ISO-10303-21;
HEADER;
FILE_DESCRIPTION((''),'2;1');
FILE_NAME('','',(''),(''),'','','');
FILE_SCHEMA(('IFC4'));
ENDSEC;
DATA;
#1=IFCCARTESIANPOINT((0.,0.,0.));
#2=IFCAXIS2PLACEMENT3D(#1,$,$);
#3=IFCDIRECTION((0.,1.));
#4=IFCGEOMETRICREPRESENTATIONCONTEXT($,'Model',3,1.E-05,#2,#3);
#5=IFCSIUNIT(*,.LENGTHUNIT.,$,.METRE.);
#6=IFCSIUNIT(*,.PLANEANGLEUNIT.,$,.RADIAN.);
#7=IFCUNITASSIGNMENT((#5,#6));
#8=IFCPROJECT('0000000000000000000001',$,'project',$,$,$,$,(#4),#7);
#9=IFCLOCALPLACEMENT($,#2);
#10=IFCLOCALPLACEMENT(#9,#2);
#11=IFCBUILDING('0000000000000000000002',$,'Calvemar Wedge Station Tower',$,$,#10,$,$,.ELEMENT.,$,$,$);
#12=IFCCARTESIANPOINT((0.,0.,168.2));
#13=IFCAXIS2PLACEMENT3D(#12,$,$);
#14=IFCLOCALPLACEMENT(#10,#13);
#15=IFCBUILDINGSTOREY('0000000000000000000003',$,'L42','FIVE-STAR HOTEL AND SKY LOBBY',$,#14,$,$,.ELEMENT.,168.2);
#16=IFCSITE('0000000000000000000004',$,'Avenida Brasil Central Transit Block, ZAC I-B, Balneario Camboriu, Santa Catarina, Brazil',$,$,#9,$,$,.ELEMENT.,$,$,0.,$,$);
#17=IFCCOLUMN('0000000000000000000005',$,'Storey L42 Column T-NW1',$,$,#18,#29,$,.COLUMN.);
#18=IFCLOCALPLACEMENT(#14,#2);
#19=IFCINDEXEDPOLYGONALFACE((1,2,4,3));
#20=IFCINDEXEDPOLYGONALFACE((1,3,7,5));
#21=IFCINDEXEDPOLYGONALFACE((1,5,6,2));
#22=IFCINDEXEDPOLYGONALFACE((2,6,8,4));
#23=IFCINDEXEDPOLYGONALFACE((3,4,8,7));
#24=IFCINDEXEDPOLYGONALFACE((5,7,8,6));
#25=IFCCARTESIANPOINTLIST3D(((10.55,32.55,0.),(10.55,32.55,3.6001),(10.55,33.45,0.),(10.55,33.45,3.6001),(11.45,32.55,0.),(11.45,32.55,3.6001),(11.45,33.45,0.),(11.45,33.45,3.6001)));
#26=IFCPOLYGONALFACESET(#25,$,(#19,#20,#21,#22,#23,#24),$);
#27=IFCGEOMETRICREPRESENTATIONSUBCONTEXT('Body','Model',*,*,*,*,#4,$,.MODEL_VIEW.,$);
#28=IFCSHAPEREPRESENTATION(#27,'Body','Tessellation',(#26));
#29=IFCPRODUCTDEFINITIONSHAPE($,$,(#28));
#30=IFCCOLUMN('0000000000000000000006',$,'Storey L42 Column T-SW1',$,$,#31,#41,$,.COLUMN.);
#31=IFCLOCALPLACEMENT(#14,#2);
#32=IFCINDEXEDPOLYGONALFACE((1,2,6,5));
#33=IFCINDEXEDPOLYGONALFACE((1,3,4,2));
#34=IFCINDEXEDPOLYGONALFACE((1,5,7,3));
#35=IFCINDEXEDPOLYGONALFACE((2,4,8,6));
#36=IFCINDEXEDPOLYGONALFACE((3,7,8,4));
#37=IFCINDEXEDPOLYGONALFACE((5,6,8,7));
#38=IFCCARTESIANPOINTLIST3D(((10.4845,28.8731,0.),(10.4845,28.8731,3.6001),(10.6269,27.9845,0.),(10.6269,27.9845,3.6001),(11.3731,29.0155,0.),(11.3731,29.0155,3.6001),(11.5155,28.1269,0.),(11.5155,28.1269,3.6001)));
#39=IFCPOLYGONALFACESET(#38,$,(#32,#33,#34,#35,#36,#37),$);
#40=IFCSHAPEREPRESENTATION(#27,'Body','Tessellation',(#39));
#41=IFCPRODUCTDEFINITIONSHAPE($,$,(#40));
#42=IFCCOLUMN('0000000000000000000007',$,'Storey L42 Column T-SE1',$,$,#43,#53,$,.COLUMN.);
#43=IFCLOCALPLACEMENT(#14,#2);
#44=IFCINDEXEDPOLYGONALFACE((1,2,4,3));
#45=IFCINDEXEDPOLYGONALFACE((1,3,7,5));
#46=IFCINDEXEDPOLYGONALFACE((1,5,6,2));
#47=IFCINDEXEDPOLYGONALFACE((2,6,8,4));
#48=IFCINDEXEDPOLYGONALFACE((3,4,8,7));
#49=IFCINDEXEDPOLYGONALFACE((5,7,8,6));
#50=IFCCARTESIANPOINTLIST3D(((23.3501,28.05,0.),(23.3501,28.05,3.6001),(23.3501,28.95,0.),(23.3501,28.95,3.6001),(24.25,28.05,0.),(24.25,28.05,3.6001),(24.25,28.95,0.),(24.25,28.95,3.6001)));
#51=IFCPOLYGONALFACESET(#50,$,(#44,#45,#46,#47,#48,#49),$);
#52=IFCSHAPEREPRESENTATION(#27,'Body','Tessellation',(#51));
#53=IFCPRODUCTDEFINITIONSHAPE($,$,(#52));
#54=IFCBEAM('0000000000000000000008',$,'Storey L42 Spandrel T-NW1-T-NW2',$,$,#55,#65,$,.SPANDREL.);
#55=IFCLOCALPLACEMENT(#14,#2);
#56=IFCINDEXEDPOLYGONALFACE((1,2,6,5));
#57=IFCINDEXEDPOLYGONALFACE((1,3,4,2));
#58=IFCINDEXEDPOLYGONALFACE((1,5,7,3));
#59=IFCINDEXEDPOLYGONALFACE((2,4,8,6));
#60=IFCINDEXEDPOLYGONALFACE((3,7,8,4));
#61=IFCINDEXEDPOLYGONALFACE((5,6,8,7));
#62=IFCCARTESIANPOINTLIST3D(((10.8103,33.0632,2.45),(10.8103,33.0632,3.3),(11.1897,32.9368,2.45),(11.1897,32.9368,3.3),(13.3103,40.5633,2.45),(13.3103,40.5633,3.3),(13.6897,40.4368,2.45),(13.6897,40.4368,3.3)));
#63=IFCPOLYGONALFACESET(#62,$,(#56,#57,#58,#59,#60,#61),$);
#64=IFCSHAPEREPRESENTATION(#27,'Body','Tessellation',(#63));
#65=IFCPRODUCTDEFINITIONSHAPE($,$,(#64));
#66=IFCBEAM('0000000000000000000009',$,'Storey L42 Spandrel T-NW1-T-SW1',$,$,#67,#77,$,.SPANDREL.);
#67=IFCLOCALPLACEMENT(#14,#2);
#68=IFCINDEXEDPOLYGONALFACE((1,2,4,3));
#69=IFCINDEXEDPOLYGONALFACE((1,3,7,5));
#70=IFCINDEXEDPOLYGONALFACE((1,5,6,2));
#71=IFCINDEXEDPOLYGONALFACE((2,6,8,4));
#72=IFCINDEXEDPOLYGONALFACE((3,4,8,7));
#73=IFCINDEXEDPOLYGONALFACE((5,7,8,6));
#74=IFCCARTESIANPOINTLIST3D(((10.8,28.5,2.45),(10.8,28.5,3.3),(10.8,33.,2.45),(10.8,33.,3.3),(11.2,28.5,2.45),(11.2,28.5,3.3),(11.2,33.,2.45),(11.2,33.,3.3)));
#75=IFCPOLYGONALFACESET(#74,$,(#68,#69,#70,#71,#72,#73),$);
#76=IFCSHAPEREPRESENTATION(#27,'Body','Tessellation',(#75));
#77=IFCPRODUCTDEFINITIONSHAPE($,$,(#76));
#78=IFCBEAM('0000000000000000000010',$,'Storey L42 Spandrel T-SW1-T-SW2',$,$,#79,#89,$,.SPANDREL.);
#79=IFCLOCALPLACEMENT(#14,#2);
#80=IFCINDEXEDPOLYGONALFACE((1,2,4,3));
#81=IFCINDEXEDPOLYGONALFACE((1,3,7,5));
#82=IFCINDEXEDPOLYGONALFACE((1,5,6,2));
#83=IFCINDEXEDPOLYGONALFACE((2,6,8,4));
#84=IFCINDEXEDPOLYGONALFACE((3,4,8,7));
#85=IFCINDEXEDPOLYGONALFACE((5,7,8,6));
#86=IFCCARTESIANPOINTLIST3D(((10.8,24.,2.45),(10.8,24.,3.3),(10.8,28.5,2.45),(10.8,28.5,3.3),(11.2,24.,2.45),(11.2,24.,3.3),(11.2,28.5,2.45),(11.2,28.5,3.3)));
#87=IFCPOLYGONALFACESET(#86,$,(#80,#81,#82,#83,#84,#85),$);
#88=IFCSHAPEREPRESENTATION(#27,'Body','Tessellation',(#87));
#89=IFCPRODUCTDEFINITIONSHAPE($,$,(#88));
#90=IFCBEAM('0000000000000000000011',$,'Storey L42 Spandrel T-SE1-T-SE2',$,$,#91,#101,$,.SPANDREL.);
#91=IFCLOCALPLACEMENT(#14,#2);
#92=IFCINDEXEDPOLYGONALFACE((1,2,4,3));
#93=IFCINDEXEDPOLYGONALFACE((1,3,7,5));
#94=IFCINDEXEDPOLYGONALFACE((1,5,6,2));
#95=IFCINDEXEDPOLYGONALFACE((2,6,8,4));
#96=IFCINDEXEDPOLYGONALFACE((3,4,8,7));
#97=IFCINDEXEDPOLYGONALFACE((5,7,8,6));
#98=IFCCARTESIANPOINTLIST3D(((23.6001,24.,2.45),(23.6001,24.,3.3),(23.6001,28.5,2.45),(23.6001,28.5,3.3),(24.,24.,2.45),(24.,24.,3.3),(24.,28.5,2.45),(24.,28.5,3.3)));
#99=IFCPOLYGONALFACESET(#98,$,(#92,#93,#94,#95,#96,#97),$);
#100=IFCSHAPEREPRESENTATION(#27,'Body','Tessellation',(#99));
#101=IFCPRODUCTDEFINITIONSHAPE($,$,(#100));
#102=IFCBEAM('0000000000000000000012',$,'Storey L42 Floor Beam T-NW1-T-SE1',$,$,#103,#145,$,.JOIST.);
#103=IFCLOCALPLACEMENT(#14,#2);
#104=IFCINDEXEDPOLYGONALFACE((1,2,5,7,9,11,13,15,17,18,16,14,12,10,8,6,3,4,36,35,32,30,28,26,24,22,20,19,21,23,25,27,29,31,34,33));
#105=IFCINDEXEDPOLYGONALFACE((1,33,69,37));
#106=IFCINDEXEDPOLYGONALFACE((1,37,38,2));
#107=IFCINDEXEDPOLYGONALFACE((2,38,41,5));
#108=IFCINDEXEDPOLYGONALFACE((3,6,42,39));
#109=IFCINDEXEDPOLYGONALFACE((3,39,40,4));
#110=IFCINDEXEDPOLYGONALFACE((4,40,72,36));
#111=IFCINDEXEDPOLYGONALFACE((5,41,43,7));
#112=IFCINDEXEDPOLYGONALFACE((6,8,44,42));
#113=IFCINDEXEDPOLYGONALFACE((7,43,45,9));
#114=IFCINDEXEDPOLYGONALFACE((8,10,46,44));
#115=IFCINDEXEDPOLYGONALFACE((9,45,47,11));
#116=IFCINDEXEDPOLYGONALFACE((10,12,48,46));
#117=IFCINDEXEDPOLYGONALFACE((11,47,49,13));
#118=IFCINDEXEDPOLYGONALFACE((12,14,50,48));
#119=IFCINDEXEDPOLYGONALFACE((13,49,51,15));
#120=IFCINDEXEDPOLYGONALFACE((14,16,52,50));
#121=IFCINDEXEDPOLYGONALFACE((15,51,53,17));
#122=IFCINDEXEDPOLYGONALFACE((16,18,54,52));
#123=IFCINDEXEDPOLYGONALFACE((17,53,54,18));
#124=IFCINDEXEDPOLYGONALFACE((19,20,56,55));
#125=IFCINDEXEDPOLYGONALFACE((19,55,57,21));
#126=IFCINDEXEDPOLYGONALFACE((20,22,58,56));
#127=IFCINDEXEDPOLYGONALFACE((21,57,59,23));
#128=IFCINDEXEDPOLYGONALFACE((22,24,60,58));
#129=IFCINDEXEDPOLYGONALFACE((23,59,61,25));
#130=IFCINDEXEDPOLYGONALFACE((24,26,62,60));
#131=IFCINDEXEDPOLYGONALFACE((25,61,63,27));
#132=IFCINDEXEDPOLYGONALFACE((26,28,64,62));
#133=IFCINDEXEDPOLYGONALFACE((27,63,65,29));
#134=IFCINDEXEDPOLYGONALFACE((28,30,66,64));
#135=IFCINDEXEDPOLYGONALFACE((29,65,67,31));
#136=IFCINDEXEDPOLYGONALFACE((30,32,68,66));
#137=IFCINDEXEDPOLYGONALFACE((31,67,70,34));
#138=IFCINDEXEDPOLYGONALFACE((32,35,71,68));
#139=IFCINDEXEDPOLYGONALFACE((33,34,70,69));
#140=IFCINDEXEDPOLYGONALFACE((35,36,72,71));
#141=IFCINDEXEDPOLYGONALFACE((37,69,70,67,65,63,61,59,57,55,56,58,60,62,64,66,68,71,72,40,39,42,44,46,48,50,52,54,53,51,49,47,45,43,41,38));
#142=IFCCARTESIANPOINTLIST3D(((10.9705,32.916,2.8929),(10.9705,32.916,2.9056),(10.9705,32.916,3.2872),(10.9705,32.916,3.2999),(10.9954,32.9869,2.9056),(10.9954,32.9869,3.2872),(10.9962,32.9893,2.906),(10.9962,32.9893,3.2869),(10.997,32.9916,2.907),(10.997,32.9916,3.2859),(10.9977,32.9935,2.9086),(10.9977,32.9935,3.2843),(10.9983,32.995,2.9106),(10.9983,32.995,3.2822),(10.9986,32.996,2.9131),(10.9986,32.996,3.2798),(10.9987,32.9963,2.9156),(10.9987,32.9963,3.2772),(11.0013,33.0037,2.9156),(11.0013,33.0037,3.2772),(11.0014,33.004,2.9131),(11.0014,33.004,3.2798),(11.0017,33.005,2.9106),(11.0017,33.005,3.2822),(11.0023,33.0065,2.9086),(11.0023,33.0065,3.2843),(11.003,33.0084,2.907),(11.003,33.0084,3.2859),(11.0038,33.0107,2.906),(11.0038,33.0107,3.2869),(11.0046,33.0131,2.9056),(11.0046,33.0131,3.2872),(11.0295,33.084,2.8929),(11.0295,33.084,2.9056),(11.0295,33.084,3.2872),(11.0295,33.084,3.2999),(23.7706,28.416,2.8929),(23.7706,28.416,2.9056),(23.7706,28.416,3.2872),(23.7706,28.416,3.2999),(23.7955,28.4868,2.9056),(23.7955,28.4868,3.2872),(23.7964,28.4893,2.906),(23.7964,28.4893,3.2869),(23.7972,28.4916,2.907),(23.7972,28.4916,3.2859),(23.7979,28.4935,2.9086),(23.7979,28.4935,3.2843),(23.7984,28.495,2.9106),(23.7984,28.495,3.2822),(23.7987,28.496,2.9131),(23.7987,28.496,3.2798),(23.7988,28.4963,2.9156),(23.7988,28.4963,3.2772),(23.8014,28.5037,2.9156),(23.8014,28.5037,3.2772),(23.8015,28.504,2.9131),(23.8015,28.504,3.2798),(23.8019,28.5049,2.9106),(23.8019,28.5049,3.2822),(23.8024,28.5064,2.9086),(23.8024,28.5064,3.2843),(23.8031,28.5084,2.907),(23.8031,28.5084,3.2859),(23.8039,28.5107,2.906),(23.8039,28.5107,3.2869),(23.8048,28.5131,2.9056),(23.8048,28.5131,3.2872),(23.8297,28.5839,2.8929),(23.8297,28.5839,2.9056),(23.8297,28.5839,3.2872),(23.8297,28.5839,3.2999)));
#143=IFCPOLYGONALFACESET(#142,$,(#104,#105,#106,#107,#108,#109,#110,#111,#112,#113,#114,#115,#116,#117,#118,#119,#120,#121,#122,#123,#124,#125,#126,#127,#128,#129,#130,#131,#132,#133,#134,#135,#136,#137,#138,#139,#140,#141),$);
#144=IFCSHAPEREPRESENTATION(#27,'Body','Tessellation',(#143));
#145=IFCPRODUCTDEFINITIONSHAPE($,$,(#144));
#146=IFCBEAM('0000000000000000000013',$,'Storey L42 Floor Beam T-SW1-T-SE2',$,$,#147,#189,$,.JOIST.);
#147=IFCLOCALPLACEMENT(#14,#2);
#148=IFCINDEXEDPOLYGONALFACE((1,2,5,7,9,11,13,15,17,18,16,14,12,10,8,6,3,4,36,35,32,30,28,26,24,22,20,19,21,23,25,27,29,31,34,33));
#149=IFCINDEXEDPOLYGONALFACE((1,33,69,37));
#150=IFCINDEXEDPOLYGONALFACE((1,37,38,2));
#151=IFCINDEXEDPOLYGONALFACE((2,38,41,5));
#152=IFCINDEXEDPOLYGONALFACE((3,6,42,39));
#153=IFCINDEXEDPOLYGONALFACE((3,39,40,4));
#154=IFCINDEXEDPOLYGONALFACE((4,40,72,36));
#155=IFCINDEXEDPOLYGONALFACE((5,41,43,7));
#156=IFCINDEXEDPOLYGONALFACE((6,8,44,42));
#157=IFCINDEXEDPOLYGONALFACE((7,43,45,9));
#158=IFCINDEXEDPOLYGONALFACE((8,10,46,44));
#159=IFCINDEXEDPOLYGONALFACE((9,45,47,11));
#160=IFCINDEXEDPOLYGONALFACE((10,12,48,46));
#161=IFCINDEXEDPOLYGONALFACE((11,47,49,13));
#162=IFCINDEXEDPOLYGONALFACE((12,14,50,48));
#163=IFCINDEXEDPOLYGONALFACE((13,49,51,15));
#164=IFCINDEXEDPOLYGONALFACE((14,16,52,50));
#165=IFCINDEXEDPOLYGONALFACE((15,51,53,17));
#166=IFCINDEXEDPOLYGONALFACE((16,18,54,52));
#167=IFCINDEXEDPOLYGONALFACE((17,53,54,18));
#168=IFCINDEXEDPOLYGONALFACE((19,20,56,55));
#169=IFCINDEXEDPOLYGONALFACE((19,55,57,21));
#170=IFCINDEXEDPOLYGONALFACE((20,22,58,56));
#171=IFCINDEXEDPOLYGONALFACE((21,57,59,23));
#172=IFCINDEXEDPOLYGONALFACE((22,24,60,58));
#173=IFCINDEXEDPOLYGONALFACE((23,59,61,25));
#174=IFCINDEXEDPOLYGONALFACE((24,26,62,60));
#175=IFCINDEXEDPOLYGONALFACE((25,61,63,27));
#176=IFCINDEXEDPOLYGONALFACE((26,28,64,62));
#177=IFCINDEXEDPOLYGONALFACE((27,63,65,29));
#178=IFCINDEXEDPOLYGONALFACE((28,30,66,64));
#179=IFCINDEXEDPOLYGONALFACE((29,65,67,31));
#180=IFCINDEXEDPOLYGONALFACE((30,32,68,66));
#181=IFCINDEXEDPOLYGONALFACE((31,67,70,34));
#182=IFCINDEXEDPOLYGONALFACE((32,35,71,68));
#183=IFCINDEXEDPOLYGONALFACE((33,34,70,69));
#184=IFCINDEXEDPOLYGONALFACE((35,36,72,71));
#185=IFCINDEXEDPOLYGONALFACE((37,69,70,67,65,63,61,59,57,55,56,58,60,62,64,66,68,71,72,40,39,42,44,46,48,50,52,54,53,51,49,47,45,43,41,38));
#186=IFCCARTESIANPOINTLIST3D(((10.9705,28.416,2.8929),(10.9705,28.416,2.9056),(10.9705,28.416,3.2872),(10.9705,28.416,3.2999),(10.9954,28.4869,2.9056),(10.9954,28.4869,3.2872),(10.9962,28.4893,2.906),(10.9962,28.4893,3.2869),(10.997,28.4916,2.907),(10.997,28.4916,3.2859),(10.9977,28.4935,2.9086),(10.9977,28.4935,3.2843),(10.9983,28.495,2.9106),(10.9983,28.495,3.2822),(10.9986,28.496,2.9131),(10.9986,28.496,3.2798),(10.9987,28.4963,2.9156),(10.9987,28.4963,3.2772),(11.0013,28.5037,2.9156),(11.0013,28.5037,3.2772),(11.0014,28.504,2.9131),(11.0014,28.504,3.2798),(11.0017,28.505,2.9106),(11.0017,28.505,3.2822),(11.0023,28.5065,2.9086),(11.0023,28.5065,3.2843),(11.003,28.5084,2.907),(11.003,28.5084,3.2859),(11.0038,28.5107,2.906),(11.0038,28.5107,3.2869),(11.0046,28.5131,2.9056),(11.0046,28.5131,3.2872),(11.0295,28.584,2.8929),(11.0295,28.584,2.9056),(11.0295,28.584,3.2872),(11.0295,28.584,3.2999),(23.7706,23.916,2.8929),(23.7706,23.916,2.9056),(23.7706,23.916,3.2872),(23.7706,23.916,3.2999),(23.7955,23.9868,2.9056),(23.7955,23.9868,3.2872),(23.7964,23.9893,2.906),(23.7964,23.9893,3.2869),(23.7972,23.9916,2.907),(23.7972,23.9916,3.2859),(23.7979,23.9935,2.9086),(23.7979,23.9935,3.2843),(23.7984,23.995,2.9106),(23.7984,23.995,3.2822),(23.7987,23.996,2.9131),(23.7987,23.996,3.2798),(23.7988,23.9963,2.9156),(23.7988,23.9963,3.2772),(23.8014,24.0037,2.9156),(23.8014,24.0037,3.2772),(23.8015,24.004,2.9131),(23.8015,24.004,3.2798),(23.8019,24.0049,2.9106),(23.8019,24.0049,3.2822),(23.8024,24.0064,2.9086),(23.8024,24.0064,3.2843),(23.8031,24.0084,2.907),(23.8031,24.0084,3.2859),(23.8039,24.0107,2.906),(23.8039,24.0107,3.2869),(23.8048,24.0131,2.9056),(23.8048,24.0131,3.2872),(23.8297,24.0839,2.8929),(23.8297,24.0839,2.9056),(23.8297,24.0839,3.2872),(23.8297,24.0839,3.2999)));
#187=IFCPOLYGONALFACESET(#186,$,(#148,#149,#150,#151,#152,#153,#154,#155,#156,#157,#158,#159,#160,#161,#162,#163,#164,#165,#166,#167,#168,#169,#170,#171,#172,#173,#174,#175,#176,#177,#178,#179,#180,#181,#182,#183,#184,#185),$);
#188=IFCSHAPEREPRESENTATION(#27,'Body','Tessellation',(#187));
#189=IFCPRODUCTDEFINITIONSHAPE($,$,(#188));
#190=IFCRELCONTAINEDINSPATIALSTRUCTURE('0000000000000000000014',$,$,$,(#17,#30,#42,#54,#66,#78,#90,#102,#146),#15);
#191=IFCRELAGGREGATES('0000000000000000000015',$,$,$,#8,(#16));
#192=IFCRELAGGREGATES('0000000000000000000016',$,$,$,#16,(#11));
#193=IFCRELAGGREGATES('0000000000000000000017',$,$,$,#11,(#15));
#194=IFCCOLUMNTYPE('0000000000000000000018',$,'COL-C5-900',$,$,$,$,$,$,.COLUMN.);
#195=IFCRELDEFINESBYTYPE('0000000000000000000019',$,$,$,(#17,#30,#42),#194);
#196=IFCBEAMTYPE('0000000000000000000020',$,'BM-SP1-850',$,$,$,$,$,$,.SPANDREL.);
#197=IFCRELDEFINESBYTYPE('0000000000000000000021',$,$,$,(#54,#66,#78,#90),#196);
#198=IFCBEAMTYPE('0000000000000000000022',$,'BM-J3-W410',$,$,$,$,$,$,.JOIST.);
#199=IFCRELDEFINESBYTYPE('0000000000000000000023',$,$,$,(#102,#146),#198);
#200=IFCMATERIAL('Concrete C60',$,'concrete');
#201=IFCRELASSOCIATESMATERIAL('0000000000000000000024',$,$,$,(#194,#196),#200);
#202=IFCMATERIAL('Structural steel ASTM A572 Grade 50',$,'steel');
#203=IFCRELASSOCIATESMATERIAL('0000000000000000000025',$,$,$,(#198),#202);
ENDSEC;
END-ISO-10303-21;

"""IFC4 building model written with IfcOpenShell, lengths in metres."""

from ifc_helpers import new_model, si_unit, direction, frame, origin, origin_2d, place, context, subcontext, project, spatial, rectangle, i_section, extrude, source, transform, mapped, material, material_profile, profile_set, type_object, element, save


model = new_model("IFC4")

# Units and contexts
model_context = context("Model", 3, precision=1e-05, world=origin(), true_north=direction((0.0, 1.0)))
body_context = subcontext(model_context, "Body", "Model", "MODEL_VIEW")
ifc_project = project(units=[si_unit("LENGTHUNIT", "METRE"), si_unit("PLANEANGLEUNIT", "RADIAN")], contexts=[model_context])

# Site, building, storey
site_placement = place(None, origin())
site = spatial("IfcSite", under=ifc_project, at=site_placement, Name="Avenida Brasil Central Transit Block, ZAC I-B, Balneario Camboriu, Santa Catarina, Brazil", CompositionType="ELEMENT", RefElevation=0.0)
building_placement = place(site_placement, origin())
building = spatial("IfcBuilding", under=site, at=building_placement, Name="Calvemar Wedge Station Tower", CompositionType="ELEMENT")
storey_placement = place(building_placement, frame((0.0, 0.0, 168.2)))
storey = spatial("IfcBuildingStorey", under=building, at=storey_placement, Name="L42", Description="FIVE-STAR HOTEL AND SKY LOBBY", CompositionType="ELEMENT", Elevation=168.2)

# Columns
ifc_material_1 = material(Name="Concrete C60", Category="concrete")
ifc_material_profile_1 = material_profile(ifc_material_1, rectangle(XDim=0.8999, YDim=0.8999, at=origin_2d()), Name="RC900x900")
ifc_profile_set_1 = profile_set([ifc_material_profile_1], Name="Concrete C60")
column_type = type_object("IfcColumnType", Name="COL-C5-900", PredefinedType="COLUMN", material=ifc_profile_set_1)
shared_shape_1 = source(origin(), body_context, "Body", "SweptSolid", [
    extrude(rectangle(XDim=0.8999, YDim=0.8999, at=origin_2d()), origin(), (0.0, 0.0, 1.0), 3.6001),
])
for number, where, z_axis, x_axis, name in (
    (1, (11.0, 33.0, 0.0), (0.0, 0.0, 1.0), (1.0, 0.0, 0.0), "Storey L42 Column T-NW1"),
    (2, (11.0, 28.5, 0.0), (0.0, 0.0, 1.0), (0.158158, -0.987414, 0.0), "Storey L42 Column T-SW1"),
    (3, (23.8, 28.5, 0.0), (0.0, 0.0, 1.0), (1.0, 0.0, 0.0), "Storey L42 Column T-SE1"),
):
    element("IfcColumn", number, at=place(storey_placement, frame(where, z_axis=z_axis, x_axis=x_axis)), inside=storey, type_object=column_type, Name=name, PredefinedType="COLUMN", context=body_context, shape_type="MappedRepresentation", body=[
        mapped(shared_shape_1, transform((0.0, 0.0, 0.0), scale=1.0)),
    ])

# Beams
ifc_material_profile_2 = material_profile(ifc_material_1, rectangle(XDim=0.3999, YDim=0.8501, at=origin_2d()), Name="RC400x850")
ifc_profile_set_2 = profile_set([ifc_material_profile_2], Name="Concrete C60")
beam_type_1 = type_object("IfcBeamType", Name="BM-SP1-850", PredefinedType="SPANDREL", material=ifc_profile_set_2)
shared_shape_2 = source(origin(), body_context, "Body", "SweptSolid", [
    extrude(rectangle(XDim=0.3999, YDim=0.8501, at=origin_2d()), origin(), (0.0, 0.0, 1.0), 7.9058),
])
beam_1_placement = place(storey_placement, frame((11.0, 33.0, 2.875), z_axis=(0.316228, 0.948683, 0.0), x_axis=(-0.948683, 0.316228, 0.0)))
element("IfcBeam", 4, at=beam_1_placement, inside=storey, type_object=beam_type_1, Name="Storey L42 Spandrel T-NW1-T-NW2", PredefinedType="SPANDREL", context=body_context, shape_type="MappedRepresentation", body=[
    mapped(shared_shape_2, transform((0.0, 0.0, 0.0), scale=1.0)),
])
shared_shape_3 = source(origin(), body_context, "Body", "SweptSolid", [
    extrude(rectangle(XDim=0.3999, YDim=0.8501, at=origin_2d()), origin(), (0.0, 0.0, 1.0), 4.5),
])
for number, where, z_axis, x_axis, name in (
    (5, (11.0, 33.0, 2.875), (0.0, -1.0, 0.0), (1.0, 0.0, 0.0), "Storey L42 Spandrel T-NW1-T-SW1"),
    (6, (11.0, 28.5, 2.875), (0.0, -1.0, 0.0), (1.0, 0.0, 0.0), "Storey L42 Spandrel T-SW1-T-SW2"),
    (7, (23.8, 28.5, 2.875), (0.0, -1.0, 0.0), (1.0, 0.0, 0.0), "Storey L42 Spandrel T-SE1-T-SE2"),
):
    element("IfcBeam", number, at=place(storey_placement, frame(where, z_axis=z_axis, x_axis=x_axis)), inside=storey, type_object=beam_type_1, Name=name, PredefinedType="SPANDREL", context=body_context, shape_type="MappedRepresentation", body=[
        mapped(shared_shape_3, transform((0.0, 0.0, 0.0), scale=1.0)),
    ])
ifc_material_2 = material(Name="Structural steel ASTM A572 Grade 50", Category="steel")
ifc_material_profile_3 = material_profile(ifc_material_2, i_section(OverallWidth=0.178, OverallDepth=0.407, WebThickness=0.0078, FlangeThickness=0.0127, FilletRadius=0.01, at=origin_2d()), Name="W410x60")
ifc_profile_set_3 = profile_set([ifc_material_profile_3], Name="Structural steel ASTM A572 Grade 50")
beam_type_2 = type_object("IfcBeamType", Name="BM-J3-W410", PredefinedType="JOIST", material=ifc_profile_set_3)
shared_shape_4 = source(origin(), body_context, "Body", "SweptSolid", [
    extrude(i_section(OverallWidth=0.178, OverallDepth=0.407, WebThickness=0.0078, FlangeThickness=0.0127, FilletRadius=0.01, at=origin_2d()), origin(), (0.0, 0.0, 1.0), 13.5681),
])
for number, where, z_axis, x_axis, name in (
    (8, (11.0, 33.0, 3.0964), (0.943398, -0.331662, 0.0), (0.331662, 0.943398, 0.0), "Storey L42 Floor Beam T-NW1-T-SE1"),
    (9, (11.0, 28.5, 3.0964), (0.943398, -0.331662, 0.0), (0.331662, 0.943398, 0.0), "Storey L42 Floor Beam T-SW1-T-SE2"),
):
    element("IfcBeam", number, at=place(storey_placement, frame(where, z_axis=z_axis, x_axis=x_axis)), inside=storey, type_object=beam_type_2, Name=name, PredefinedType="JOIST", context=body_context, shape_type="MappedRepresentation", body=[
        mapped(shared_shape_4, transform((0.0, 0.0, 0.0), scale=1.0)),
    ])

save(model, "model.ifc")
